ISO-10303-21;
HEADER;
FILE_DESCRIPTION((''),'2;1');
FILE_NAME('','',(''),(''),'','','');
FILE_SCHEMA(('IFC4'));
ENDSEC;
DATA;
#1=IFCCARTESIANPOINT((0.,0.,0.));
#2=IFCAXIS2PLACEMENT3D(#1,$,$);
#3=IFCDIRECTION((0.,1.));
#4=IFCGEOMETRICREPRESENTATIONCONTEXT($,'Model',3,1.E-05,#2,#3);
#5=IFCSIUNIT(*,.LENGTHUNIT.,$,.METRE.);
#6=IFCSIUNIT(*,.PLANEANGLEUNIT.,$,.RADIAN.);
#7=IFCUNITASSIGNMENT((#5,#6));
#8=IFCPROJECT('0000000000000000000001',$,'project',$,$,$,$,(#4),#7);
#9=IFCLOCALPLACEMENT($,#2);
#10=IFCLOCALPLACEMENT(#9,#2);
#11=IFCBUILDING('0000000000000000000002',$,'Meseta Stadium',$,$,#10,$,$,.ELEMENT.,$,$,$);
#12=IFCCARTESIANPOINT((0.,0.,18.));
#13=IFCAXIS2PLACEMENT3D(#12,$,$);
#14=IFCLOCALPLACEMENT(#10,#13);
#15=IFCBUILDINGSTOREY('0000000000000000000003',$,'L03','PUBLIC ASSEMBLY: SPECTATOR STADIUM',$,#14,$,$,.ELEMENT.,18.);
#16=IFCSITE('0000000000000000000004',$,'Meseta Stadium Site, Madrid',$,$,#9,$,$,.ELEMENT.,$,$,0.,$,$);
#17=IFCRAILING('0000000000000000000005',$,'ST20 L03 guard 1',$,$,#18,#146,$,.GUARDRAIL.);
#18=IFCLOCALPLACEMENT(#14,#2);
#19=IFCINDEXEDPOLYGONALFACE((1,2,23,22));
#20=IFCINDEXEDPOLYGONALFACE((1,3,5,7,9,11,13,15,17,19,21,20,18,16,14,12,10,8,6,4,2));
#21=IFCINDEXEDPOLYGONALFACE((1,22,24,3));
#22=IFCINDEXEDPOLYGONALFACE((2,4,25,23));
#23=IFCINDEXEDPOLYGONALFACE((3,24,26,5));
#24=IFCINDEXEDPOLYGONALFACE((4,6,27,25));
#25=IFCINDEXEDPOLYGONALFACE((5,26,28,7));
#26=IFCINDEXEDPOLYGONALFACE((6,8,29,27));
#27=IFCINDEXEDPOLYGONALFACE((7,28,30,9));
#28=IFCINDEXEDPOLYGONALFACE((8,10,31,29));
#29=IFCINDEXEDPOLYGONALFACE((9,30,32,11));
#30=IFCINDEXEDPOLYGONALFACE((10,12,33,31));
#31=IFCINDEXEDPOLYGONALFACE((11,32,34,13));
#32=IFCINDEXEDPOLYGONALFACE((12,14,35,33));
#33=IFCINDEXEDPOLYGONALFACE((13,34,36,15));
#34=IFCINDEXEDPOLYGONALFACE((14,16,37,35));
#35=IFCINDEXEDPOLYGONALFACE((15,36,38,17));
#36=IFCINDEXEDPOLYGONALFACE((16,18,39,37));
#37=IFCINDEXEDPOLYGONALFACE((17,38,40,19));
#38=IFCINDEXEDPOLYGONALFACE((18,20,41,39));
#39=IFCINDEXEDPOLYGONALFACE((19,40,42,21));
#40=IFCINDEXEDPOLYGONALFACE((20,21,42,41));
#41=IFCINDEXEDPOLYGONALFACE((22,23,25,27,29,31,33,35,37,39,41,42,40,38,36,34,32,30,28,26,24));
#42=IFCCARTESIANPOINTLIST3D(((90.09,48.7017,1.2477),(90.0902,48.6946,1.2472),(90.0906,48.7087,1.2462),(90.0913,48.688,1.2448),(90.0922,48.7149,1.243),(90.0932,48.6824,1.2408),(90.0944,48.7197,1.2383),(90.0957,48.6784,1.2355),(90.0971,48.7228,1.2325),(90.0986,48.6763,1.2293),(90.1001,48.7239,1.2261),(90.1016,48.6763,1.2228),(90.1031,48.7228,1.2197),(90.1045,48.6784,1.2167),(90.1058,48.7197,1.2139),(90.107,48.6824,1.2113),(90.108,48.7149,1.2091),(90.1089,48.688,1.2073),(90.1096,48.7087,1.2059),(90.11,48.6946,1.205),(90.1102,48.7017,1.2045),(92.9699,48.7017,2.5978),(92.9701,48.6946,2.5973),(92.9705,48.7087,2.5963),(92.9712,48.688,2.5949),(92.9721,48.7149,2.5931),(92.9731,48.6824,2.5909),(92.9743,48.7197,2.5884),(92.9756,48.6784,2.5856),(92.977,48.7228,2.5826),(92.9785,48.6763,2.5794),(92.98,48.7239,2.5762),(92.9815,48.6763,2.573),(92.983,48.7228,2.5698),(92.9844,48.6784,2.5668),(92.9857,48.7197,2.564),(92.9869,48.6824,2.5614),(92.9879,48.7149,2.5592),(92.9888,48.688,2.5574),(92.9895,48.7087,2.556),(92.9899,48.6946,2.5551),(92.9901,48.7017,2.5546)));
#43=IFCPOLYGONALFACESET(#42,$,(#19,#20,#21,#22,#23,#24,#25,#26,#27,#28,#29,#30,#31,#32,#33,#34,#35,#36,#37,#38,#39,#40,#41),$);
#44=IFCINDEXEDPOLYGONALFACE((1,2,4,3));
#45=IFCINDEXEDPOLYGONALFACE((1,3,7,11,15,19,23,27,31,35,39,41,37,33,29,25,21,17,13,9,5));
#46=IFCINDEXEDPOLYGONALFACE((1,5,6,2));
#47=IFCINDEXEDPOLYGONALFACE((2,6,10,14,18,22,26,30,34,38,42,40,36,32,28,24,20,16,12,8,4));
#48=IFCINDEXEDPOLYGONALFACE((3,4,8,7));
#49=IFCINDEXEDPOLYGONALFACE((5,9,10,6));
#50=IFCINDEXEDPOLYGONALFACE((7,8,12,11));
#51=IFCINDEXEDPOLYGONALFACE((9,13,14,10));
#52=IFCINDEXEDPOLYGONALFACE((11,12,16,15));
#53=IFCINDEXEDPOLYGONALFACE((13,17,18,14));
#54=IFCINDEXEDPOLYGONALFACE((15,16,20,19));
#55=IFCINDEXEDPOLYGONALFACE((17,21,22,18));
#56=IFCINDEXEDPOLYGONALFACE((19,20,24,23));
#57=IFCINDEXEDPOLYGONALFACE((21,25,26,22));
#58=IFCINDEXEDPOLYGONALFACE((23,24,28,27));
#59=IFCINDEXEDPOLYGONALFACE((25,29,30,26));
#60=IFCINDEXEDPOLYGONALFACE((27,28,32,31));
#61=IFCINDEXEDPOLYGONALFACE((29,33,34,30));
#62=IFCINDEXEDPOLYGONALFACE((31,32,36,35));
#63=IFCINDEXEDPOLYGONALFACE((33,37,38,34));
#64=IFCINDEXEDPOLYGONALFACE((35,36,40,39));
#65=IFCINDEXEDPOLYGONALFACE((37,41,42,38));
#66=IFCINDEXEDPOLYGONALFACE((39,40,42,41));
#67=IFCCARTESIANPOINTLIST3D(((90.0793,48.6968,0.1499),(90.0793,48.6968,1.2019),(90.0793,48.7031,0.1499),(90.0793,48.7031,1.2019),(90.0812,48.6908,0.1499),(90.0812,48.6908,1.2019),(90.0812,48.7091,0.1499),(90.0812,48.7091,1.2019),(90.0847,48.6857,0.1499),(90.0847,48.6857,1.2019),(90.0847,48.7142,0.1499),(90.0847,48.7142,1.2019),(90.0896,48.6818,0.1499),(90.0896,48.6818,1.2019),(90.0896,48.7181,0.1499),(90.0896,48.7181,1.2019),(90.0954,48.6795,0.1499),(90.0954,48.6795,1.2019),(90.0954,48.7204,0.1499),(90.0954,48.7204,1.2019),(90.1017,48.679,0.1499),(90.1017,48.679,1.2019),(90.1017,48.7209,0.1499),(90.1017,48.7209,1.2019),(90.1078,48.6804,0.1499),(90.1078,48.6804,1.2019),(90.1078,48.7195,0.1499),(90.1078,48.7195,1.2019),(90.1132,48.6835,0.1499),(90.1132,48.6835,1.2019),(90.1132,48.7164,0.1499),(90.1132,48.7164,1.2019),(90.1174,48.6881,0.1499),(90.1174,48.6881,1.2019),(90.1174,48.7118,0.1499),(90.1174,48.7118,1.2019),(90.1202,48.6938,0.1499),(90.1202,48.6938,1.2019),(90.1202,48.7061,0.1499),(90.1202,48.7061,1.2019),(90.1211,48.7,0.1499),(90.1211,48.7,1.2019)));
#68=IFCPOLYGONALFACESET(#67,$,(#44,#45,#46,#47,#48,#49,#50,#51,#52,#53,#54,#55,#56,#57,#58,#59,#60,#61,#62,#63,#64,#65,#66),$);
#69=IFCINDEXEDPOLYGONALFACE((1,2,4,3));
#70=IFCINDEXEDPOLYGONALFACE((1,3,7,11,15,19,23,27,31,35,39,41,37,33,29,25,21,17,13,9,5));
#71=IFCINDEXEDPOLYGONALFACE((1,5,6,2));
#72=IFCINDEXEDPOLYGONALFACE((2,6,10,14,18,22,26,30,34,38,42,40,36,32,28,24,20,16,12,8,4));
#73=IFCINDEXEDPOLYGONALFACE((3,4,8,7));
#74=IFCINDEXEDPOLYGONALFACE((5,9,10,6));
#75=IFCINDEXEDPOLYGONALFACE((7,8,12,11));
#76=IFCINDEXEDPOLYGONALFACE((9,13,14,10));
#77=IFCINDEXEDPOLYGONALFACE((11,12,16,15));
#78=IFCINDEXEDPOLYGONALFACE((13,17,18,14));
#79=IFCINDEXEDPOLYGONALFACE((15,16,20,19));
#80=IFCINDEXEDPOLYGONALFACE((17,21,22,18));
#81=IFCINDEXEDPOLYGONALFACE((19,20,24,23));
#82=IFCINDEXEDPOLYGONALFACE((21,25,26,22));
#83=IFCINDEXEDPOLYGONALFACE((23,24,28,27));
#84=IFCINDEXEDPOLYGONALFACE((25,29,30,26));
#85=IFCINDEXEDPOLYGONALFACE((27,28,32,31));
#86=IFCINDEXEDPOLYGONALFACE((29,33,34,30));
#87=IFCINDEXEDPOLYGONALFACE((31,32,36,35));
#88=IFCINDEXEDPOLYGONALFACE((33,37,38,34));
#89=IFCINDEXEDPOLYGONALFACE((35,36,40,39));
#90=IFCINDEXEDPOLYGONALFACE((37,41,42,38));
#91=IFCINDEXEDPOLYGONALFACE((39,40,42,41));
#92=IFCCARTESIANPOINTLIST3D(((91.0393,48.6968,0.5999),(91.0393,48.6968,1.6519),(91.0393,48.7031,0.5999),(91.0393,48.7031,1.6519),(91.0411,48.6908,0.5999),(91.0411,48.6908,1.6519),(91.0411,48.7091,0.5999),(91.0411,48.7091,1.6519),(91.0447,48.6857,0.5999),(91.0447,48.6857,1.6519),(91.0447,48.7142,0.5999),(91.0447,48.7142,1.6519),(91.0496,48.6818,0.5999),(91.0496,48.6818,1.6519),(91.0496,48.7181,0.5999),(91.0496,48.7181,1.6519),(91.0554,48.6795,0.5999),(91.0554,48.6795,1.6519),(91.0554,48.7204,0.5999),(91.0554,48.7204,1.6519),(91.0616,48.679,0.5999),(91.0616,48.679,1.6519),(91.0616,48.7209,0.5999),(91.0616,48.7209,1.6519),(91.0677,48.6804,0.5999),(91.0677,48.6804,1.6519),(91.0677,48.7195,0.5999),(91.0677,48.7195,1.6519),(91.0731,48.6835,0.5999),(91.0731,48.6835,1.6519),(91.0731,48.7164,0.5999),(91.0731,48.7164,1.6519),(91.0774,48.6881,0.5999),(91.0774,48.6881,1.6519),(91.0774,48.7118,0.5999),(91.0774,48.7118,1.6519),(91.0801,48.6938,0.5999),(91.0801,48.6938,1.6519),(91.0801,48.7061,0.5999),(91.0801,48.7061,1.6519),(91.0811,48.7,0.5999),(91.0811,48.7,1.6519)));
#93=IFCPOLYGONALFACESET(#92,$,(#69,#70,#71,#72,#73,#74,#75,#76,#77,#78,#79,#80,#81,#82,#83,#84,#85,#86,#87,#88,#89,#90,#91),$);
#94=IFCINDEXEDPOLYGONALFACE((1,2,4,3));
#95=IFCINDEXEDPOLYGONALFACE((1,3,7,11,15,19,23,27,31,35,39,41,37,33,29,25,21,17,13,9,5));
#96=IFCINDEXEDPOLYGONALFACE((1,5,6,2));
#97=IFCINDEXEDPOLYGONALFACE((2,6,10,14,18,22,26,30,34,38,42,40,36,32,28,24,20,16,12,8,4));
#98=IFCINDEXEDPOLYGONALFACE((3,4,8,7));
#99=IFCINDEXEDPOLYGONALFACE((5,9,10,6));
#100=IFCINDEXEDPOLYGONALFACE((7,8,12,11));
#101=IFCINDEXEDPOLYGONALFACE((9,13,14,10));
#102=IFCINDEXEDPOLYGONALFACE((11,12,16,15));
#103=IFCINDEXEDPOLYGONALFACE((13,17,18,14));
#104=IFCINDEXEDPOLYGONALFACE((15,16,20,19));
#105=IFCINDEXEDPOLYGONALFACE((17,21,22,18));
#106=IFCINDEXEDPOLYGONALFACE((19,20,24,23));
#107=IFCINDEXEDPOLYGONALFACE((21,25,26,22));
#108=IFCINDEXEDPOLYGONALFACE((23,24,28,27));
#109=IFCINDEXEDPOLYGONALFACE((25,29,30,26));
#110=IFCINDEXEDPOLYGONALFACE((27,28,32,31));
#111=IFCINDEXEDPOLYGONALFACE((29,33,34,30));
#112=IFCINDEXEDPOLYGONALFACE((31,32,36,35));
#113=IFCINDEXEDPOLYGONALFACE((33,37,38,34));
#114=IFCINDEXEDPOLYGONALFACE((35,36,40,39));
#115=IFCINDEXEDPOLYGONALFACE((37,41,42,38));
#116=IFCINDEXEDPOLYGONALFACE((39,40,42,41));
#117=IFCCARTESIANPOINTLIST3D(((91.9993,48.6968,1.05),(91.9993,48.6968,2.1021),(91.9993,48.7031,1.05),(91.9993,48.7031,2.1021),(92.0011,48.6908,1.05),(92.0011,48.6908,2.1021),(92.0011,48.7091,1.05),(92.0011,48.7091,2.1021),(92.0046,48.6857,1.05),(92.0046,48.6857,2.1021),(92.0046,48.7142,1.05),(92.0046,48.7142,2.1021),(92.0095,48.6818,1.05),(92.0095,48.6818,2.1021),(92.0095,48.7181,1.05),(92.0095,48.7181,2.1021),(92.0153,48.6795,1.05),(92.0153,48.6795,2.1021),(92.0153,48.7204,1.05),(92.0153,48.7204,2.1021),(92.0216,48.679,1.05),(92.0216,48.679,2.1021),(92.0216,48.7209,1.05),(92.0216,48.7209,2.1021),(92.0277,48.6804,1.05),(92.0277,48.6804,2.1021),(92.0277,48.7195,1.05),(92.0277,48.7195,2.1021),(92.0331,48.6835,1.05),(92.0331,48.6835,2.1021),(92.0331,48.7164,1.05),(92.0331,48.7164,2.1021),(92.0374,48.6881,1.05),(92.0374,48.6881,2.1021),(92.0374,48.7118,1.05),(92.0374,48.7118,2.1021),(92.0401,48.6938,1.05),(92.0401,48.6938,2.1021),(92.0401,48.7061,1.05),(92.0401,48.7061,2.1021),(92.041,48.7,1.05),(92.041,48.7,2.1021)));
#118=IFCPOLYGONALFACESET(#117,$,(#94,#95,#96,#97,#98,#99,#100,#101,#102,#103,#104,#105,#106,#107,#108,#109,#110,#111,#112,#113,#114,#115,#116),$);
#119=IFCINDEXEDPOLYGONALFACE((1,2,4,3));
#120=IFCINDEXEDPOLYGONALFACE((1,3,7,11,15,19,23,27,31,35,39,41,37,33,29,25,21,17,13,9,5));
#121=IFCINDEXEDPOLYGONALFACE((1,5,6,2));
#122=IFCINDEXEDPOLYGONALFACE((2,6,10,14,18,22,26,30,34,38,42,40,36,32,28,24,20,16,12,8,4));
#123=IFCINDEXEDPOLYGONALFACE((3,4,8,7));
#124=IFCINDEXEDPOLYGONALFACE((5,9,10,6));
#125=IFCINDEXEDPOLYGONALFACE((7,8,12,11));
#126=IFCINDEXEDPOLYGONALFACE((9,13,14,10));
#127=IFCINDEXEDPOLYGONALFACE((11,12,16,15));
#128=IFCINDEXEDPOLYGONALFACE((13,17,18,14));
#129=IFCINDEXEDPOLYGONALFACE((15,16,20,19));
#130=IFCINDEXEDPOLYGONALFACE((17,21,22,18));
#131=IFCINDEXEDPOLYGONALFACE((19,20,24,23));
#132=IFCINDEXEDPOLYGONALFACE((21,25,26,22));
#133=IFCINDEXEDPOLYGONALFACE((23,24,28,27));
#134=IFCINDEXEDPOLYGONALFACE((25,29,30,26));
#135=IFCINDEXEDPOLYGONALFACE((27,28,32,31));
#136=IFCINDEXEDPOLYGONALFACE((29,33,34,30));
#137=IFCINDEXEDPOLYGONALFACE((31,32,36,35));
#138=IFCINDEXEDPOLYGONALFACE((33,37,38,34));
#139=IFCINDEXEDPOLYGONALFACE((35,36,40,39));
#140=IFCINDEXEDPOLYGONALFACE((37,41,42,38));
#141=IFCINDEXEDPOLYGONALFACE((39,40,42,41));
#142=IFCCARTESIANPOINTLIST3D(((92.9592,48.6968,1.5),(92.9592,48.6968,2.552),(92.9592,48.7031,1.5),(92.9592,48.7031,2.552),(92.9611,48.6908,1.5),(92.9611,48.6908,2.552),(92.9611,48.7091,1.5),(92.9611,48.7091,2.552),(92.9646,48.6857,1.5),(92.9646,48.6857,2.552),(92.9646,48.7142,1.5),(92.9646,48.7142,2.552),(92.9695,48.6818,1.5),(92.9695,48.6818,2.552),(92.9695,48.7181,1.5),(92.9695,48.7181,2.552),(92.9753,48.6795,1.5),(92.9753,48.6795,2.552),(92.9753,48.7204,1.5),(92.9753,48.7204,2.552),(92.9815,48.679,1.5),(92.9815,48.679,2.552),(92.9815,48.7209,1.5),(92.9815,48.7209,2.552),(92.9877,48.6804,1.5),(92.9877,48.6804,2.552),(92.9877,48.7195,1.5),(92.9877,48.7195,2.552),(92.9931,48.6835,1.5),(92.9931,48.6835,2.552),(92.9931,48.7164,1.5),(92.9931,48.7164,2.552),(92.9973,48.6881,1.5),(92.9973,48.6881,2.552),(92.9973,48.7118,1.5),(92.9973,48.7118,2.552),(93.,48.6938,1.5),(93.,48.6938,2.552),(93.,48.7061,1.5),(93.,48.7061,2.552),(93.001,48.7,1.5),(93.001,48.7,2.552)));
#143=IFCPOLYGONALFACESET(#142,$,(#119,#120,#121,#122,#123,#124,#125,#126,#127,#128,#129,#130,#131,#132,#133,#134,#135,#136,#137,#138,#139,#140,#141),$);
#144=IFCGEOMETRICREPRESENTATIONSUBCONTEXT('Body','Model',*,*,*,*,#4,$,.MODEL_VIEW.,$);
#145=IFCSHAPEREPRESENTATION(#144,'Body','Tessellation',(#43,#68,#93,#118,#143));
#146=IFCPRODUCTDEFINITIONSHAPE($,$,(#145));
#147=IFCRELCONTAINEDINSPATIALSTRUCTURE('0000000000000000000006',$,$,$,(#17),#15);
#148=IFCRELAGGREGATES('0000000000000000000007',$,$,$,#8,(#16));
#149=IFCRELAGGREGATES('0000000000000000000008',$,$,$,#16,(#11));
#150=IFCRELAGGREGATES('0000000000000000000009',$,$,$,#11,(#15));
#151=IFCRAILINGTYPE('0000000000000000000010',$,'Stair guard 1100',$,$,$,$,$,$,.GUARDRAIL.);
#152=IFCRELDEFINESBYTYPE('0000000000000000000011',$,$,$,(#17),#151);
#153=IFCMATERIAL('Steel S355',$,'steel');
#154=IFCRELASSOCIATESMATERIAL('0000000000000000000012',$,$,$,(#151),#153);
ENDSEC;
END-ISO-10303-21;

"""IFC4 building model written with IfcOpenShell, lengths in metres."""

from ifc_helpers import new_model, si_unit, direction, frame, origin, origin_2d, place, context, subcontext, project, spatial, circle, extrude, material, type_object, element, save


model = new_model("IFC4")

# Units and contexts
model_context = context("Model", 3, precision=1e-05, world=origin(), true_north=direction((0.0, 1.0)))
body_context = subcontext(model_context, "Body", "Model", "MODEL_VIEW")
ifc_project = project(units=[si_unit("LENGTHUNIT", "METRE"), si_unit("PLANEANGLEUNIT", "RADIAN")], contexts=[model_context])

# Site, building, storey
site_placement = place(None, origin())
site = spatial("IfcSite", under=ifc_project, at=site_placement, Name="Meseta Stadium Site, Madrid", CompositionType="ELEMENT", RefElevation=0.0)
building_placement = place(site_placement, origin())
building = spatial("IfcBuilding", under=site, at=building_placement, Name="Meseta Stadium", CompositionType="ELEMENT")
storey_placement = place(building_placement, frame((0.0, 0.0, 18.0)))
storey = spatial("IfcBuildingStorey", under=building, at=storey_placement, Name="L03", Description="PUBLIC ASSEMBLY: SPECTATOR STADIUM", CompositionType="ELEMENT", Elevation=18.0)

# Railing
ifc_material_1 = material(Name="Steel S355", Category="steel")
railing_type_1 = type_object("IfcRailingType", Name="Stair guard 1100", PredefinedType="GUARDRAIL", material=ifc_material_1)
railing_1_placement = place(storey_placement, frame((90.1001, 48.7, 0.1499)))
element("IfcRailing", 1, at=railing_1_placement, inside=storey, type_object=railing_type_1, Name="ST20 L03 guard 1", PredefinedType="GUARDRAIL", context=body_context, shape_type="SweptSolid", body=[
    extrude(circle(Radius=0.0239, at=origin_2d()), frame((0.0, 0.0, 1.0762), z_axis=(0.90544, 0.0, 0.424473), x_axis=(0.0, 1.0, 0.0)), (0.0, 0.0, 1.0), 3.1807),
    extrude(circle(Radius=0.021, at=origin_2d()), origin(), (0.0, 0.0, 1.0), 1.052),
    extrude(circle(Radius=0.021, at=origin_2d()), frame((0.96, 0.0, 0.45)), (0.0, 0.0, 1.0), 1.052),
    extrude(circle(Radius=0.021, at=origin_2d()), frame((1.9199, 0.0, 0.9001)), (0.0, 0.0, 1.0), 1.052),
    extrude(circle(Radius=0.021, at=origin_2d()), frame((2.8799, 0.0, 1.3501)), (0.0, 0.0, 1.0), 1.052),
])

save(model, "model.ifc")
